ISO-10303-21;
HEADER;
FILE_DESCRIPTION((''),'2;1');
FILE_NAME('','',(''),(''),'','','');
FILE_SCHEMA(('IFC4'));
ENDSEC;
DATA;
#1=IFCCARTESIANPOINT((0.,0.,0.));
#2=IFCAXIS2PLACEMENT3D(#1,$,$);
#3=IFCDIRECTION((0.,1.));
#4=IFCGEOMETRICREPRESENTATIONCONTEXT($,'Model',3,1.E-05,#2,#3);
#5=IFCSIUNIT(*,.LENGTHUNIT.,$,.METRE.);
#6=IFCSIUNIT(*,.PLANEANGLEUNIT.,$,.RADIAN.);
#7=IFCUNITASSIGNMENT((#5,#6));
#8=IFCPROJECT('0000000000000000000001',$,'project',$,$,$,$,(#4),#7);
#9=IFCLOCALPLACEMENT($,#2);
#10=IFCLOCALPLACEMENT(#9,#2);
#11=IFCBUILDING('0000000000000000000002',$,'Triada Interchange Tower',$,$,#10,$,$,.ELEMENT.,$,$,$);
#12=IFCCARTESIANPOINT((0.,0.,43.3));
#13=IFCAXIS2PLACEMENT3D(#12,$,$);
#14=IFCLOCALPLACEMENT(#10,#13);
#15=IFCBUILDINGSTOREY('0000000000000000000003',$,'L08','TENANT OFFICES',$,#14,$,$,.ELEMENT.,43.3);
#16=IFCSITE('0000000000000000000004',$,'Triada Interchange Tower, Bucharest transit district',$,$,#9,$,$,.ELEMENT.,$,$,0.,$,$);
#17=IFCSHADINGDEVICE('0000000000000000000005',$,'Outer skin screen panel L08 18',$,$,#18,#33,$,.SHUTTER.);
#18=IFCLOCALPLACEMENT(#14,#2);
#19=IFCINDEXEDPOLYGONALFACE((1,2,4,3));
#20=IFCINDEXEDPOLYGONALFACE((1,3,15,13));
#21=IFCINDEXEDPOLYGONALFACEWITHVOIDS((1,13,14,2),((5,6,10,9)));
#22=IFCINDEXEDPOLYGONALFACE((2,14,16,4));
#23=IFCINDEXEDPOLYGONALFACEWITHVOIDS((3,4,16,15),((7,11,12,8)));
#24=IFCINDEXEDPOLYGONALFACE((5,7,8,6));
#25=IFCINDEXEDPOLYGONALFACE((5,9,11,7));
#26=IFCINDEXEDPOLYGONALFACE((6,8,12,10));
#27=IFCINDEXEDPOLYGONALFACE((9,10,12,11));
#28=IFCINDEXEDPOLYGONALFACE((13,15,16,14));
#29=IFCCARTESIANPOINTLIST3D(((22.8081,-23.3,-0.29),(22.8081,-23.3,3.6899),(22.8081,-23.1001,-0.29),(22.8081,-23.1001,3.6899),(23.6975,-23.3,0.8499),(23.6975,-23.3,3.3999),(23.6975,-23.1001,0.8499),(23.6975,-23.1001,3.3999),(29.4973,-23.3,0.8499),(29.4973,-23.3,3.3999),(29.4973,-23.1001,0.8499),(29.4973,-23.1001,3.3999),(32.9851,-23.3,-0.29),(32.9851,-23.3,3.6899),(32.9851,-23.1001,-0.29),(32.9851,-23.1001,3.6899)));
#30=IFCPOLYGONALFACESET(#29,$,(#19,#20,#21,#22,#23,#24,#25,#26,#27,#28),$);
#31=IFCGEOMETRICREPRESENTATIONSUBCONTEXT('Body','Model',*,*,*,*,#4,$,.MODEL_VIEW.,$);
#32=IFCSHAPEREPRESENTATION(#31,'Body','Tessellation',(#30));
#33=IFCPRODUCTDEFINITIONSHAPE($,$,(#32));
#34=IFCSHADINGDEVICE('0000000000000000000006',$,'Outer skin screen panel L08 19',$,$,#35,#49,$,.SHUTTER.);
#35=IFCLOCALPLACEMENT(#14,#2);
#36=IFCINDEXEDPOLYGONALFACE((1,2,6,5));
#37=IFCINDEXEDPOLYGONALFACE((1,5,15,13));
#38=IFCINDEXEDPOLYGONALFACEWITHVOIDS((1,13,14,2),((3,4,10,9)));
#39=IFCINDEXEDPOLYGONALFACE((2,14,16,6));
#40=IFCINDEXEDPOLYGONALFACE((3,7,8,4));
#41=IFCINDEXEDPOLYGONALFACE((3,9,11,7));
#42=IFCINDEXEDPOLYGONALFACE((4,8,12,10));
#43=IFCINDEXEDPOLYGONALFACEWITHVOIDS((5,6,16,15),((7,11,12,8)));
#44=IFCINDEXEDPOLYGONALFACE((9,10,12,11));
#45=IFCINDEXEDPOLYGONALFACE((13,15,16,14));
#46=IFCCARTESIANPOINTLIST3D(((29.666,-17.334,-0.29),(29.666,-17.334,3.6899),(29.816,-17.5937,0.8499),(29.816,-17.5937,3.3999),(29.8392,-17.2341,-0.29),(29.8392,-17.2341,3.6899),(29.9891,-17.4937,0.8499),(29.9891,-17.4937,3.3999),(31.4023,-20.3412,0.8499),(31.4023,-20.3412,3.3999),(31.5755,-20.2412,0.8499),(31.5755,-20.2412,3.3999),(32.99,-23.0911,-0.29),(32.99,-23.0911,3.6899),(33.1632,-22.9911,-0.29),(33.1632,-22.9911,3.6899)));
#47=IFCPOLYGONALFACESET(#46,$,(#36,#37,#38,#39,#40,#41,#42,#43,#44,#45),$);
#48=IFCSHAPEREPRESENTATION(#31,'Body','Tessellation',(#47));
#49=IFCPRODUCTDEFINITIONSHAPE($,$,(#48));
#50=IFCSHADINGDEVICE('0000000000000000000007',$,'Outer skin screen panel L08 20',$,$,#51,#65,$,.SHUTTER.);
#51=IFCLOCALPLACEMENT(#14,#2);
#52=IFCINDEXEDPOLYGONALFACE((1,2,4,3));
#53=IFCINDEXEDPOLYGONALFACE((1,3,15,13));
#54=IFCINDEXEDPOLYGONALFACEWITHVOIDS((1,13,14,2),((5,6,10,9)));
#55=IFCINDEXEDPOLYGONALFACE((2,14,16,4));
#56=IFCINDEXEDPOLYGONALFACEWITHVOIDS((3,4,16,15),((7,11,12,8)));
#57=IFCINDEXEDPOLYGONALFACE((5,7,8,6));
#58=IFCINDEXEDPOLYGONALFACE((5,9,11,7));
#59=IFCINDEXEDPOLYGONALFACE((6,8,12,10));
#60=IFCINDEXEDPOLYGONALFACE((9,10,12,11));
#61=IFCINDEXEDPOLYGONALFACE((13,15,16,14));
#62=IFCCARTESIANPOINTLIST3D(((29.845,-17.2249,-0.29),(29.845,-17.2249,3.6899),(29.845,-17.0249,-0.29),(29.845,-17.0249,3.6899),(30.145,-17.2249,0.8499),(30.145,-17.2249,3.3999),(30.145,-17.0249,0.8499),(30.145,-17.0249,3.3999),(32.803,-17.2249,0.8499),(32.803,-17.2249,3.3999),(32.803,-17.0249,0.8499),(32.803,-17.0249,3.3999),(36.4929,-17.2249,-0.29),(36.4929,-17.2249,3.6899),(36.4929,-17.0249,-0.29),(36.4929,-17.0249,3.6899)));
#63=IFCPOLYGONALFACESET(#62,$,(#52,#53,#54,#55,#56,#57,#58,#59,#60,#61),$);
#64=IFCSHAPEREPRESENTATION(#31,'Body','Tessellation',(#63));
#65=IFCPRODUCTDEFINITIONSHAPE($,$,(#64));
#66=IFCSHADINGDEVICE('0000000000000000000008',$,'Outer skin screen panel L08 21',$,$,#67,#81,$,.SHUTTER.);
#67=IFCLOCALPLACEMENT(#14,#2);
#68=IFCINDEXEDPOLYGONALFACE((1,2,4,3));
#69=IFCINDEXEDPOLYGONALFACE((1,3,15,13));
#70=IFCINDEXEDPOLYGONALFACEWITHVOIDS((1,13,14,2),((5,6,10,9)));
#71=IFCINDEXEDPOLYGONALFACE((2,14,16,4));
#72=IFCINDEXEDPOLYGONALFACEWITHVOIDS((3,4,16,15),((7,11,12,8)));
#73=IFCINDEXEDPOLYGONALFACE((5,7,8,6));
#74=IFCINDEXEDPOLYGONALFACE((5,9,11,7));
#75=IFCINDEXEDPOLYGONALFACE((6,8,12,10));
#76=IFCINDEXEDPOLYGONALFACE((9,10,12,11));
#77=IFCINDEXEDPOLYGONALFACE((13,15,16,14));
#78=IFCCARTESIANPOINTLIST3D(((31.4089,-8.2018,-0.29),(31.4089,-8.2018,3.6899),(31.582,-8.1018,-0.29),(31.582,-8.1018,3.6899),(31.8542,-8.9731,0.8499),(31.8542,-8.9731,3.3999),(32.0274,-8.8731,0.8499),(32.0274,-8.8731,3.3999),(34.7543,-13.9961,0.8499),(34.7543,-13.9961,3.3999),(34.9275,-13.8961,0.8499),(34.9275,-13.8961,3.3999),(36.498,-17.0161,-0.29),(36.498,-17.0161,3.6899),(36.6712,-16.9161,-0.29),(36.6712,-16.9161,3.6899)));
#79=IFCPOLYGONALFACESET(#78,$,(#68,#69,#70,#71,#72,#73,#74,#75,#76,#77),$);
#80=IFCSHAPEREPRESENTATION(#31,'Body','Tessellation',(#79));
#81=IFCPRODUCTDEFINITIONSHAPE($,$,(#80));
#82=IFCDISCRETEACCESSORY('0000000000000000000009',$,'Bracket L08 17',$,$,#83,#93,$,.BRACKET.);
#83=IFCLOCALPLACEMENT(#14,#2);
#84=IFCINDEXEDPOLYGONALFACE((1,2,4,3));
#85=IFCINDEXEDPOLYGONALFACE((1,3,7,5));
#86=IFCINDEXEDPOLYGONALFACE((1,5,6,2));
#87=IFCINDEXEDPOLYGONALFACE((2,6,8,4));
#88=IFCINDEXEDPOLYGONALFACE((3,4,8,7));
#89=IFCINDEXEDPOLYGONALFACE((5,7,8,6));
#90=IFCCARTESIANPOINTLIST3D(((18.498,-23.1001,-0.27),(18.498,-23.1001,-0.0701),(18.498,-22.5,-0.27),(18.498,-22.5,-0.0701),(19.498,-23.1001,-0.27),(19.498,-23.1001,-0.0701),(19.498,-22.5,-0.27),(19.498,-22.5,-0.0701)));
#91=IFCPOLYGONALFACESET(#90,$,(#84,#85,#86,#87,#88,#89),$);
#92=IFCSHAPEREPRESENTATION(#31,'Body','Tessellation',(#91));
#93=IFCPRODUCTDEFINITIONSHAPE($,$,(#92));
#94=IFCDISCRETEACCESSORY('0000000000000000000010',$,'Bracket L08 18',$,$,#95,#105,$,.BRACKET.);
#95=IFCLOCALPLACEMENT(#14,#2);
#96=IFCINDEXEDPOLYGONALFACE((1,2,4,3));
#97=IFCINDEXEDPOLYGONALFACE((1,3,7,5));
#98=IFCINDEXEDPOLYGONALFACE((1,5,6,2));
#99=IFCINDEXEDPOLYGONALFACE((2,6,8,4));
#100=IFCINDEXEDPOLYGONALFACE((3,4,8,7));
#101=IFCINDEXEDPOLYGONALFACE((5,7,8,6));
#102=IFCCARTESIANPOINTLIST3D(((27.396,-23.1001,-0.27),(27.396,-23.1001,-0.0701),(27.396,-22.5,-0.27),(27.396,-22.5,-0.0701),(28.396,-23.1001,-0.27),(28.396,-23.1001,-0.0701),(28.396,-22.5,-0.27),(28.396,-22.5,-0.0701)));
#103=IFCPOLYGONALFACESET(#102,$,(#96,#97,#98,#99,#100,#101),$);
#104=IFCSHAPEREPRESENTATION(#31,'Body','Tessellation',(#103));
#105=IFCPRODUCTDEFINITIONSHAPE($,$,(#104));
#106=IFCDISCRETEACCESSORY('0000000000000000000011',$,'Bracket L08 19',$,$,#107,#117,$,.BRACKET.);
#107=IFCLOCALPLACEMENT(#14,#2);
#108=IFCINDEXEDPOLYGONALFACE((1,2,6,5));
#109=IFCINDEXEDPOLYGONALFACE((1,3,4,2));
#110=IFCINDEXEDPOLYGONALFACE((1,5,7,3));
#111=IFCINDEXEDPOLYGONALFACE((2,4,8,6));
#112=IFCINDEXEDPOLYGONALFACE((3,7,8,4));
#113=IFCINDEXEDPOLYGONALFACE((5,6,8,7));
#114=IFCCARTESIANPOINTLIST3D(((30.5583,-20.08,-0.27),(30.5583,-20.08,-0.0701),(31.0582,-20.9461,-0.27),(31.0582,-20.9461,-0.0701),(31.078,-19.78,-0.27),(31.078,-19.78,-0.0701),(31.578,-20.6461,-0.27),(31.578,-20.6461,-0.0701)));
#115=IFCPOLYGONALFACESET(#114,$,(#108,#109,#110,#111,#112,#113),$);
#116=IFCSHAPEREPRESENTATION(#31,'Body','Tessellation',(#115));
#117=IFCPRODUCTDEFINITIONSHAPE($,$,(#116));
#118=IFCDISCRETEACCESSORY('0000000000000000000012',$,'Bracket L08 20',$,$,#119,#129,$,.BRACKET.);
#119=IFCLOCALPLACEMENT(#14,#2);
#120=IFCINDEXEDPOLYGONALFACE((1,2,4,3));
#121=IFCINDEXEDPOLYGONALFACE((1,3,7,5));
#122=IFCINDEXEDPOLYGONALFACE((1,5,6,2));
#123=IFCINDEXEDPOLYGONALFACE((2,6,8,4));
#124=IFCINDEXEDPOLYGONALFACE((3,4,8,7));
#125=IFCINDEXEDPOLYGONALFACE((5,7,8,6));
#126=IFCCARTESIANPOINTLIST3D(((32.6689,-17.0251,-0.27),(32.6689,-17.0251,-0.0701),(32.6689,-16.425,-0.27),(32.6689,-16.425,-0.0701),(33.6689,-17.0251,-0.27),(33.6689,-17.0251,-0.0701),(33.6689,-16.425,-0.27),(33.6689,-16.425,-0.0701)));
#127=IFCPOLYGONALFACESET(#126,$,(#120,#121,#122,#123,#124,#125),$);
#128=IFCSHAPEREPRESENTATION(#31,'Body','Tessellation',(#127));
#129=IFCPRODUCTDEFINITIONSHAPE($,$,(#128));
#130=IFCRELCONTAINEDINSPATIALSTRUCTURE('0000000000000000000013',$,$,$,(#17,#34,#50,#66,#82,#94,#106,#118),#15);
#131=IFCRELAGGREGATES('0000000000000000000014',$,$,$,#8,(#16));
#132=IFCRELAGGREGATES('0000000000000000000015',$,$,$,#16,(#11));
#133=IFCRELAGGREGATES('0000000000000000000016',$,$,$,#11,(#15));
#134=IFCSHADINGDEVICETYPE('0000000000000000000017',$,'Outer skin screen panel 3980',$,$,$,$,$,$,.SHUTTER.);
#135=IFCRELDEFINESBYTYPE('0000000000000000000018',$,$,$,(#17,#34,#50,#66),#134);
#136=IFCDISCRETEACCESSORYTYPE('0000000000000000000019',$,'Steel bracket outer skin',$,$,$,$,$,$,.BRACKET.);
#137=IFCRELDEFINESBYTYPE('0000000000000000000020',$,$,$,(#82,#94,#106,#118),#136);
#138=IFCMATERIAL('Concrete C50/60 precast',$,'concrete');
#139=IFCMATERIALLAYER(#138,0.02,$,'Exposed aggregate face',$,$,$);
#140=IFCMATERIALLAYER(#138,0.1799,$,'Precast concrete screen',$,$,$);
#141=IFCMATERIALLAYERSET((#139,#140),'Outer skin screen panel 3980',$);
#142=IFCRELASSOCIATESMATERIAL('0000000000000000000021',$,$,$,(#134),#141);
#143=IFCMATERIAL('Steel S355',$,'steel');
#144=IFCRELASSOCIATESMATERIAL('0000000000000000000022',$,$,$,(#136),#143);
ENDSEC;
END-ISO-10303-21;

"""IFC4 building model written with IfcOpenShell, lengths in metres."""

from ifc_helpers import new_model, si_unit, direction, frame, origin, origin_2d, place, context, subcontext, project, spatial, polyline, rectangle, outline, extrude, material, layer, layer_set, type_object, element, save


model = new_model("IFC4")

# Units and contexts
model_context = context("Model", 3, precision=1e-05, world=origin(), true_north=direction((0.0, 1.0)))
body_context = subcontext(model_context, "Body", "Model", "MODEL_VIEW")
ifc_project = project(units=[si_unit("LENGTHUNIT", "METRE"), si_unit("PLANEANGLEUNIT", "RADIAN")], contexts=[model_context])

# Site, building, storey
site_placement = place(None, origin())
site = spatial("IfcSite", under=ifc_project, at=site_placement, Name="Triada Interchange Tower, Bucharest transit district", CompositionType="ELEMENT", RefElevation=0.0)
building_placement = place(site_placement, origin())
building = spatial("IfcBuilding", under=site, at=building_placement, Name="Triada Interchange Tower", CompositionType="ELEMENT")
storey_placement = place(building_placement, frame((0.0, 0.0, 43.3)))
storey = spatial("IfcBuildingStorey", under=building, at=storey_placement, Name="L08", Description="TENANT OFFICES", CompositionType="ELEMENT", Elevation=43.3)

# Shading devices
ifc_material_1 = material(Name="Concrete C50/60 precast", Category="concrete")
ifc_layer_1 = layer(ifc_material_1, 0.02, Name="Exposed aggregate face")
ifc_layer_2 = layer(ifc_material_1, 0.1799, Name="Precast concrete screen")
ifc_layer_set_1 = layer_set([ifc_layer_1, ifc_layer_2], Name="Outer skin screen panel 3980")
shading_device_type = type_object("IfcShadingDeviceType", Name="Outer skin screen panel 3980", PredefinedType="SHUTTER", material=ifc_layer_set_1)
shading_device_1_placement = place(storey_placement, frame((22.8081, -23.1001, -0.29), z_axis=(0.0, 0.0, 1.0), x_axis=(1.0, 0.0, 0.0)))
element("IfcShadingDevice", 1, at=shading_device_1_placement, inside=storey, type_object=shading_device_type, Name="Outer skin screen panel L08 18", PredefinedType="SHUTTER", context=body_context, shape_type="SweptSolid", body=[
    extrude(outline(polyline([(0.0, 0.0), (10.177, 0.0), (10.177, 3.98), (0.0, 3.98), (0.0, 0.0)]), holes=[polyline([(0.8894, 1.1399), (0.8894, 3.6899), (6.6892, 3.6899), (6.6892, 1.1399), (0.8894, 1.1399)])]), frame((0.0, 0.0, 0.0), z_axis=(0.0, -1.0, 0.0), x_axis=(1.0, 0.0, 0.0)), (0.0, 0.0, 1.0), 0.2),
])
shading_device_2_placement = place(storey_placement, frame((32.99, -23.0911, -0.29), z_axis=(0.0, 0.0, 1.0), x_axis=(-0.500014, 0.866017, 0.0)))
element("IfcShadingDevice", 2, at=shading_device_2_placement, inside=storey, type_object=shading_device_type, Name="Outer skin screen panel L08 19", PredefinedType="SHUTTER", context=body_context, shape_type="SweptSolid", body=[
    extrude(outline(polyline([(0.0, 0.0), (6.6477, 0.0), (6.6477, 3.98), (0.0, 3.98), (0.0, 0.0)]), holes=[polyline([(3.1753, 1.1399), (3.1753, 3.6899), (6.3479, 3.6899), (6.3479, 1.1399), (3.1753, 1.1399)])]), frame((0.0, 0.0, 0.0), z_axis=(0.0, -1.0, 0.0), x_axis=(1.0, 0.0, 0.0)), (0.0, 0.0, 1.0), 0.2),
])
shading_device_3_placement = place(storey_placement, frame((29.845, -17.0249, -0.29), z_axis=(0.0, 0.0, 1.0), x_axis=(1.0, 0.0, 0.0)))
element("IfcShadingDevice", 3, at=shading_device_3_placement, inside=storey, type_object=shading_device_type, Name="Outer skin screen panel L08 20", PredefinedType="SHUTTER", context=body_context, shape_type="SweptSolid", body=[
    extrude(outline(polyline([(0.0, 0.0), (6.6479, 0.0), (6.6479, 3.98), (0.0, 3.98), (0.0, 0.0)]), holes=[polyline([(0.3, 1.1399), (0.3, 3.6899), (2.958, 3.6899), (2.958, 1.1399), (0.3, 1.1399)])]), frame((0.0, 0.0, 0.0), z_axis=(0.0, -1.0, 0.0), x_axis=(1.0, 0.0, 0.0)), (0.0, 0.0, 1.0), 0.2),
])
shading_device_4_placement = place(storey_placement, frame((36.498, -17.0161, -0.29), z_axis=(0.0, 0.0, 1.0), x_axis=(-0.500017, 0.866016, 0.0)))
element("IfcShadingDevice", 4, at=shading_device_4_placement, inside=storey, type_object=shading_device_type, Name="Outer skin screen panel L08 21", PredefinedType="SHUTTER", context=body_context, shape_type="SweptSolid", body=[
    extrude(outline(polyline([(0.0, 0.0), (10.178, 0.0), (10.178, 3.98), (0.0, 3.98), (0.0, 0.0)]), holes=[polyline([(3.4873, 1.1399), (3.4873, 3.6899), (9.2874, 3.6899), (9.2874, 1.1399), (3.4873, 1.1399)])]), frame((0.0, 0.0, 0.0), z_axis=(0.0, -1.0, 0.0), x_axis=(1.0, 0.0, 0.0)), (0.0, 0.0, 1.0), 0.2),
])

# Discrete accessories
ifc_material_2 = material(Name="Steel S355", Category="steel")
discrete_accessory_type = type_object("IfcDiscreteAccessoryType", Name="Steel bracket outer skin", PredefinedType="BRACKET", material=ifc_material_2)
for number, where, z_axis, x_axis, name in (
    (5, (18.998, -22.8, -0.27), (0.0, 0.0, 1.0), (0.0, -1.0, 0.0), "Bracket L08 17"),
    (6, (27.896, -22.8, -0.27), (0.0, 0.0, 1.0), (0.0, -1.0, 0.0), "Bracket L08 18"),
    (7, (31.0681, -20.363, -0.27), (0.0, 0.0, 1.0), (0.86605, 0.499957, 0.0), "Bracket L08 19"),
    (8, (33.1689, -16.7251, -0.27), (0.0, 0.0, 1.0), (0.0, -1.0, 0.0), "Bracket L08 20"),
):
    element("IfcDiscreteAccessory", number, at=place(storey_placement, frame(where, z_axis=z_axis, x_axis=x_axis)), inside=storey, type_object=discrete_accessory_type, Name=name, PredefinedType="BRACKET", context=body_context, shape_type="SweptSolid", body=[
        extrude(rectangle(XDim=0.6001, YDim=1.0, at=origin_2d()), origin(), (0.0, 0.0, 1.0), 0.2),
    ])

save(model, "model.ifc")
